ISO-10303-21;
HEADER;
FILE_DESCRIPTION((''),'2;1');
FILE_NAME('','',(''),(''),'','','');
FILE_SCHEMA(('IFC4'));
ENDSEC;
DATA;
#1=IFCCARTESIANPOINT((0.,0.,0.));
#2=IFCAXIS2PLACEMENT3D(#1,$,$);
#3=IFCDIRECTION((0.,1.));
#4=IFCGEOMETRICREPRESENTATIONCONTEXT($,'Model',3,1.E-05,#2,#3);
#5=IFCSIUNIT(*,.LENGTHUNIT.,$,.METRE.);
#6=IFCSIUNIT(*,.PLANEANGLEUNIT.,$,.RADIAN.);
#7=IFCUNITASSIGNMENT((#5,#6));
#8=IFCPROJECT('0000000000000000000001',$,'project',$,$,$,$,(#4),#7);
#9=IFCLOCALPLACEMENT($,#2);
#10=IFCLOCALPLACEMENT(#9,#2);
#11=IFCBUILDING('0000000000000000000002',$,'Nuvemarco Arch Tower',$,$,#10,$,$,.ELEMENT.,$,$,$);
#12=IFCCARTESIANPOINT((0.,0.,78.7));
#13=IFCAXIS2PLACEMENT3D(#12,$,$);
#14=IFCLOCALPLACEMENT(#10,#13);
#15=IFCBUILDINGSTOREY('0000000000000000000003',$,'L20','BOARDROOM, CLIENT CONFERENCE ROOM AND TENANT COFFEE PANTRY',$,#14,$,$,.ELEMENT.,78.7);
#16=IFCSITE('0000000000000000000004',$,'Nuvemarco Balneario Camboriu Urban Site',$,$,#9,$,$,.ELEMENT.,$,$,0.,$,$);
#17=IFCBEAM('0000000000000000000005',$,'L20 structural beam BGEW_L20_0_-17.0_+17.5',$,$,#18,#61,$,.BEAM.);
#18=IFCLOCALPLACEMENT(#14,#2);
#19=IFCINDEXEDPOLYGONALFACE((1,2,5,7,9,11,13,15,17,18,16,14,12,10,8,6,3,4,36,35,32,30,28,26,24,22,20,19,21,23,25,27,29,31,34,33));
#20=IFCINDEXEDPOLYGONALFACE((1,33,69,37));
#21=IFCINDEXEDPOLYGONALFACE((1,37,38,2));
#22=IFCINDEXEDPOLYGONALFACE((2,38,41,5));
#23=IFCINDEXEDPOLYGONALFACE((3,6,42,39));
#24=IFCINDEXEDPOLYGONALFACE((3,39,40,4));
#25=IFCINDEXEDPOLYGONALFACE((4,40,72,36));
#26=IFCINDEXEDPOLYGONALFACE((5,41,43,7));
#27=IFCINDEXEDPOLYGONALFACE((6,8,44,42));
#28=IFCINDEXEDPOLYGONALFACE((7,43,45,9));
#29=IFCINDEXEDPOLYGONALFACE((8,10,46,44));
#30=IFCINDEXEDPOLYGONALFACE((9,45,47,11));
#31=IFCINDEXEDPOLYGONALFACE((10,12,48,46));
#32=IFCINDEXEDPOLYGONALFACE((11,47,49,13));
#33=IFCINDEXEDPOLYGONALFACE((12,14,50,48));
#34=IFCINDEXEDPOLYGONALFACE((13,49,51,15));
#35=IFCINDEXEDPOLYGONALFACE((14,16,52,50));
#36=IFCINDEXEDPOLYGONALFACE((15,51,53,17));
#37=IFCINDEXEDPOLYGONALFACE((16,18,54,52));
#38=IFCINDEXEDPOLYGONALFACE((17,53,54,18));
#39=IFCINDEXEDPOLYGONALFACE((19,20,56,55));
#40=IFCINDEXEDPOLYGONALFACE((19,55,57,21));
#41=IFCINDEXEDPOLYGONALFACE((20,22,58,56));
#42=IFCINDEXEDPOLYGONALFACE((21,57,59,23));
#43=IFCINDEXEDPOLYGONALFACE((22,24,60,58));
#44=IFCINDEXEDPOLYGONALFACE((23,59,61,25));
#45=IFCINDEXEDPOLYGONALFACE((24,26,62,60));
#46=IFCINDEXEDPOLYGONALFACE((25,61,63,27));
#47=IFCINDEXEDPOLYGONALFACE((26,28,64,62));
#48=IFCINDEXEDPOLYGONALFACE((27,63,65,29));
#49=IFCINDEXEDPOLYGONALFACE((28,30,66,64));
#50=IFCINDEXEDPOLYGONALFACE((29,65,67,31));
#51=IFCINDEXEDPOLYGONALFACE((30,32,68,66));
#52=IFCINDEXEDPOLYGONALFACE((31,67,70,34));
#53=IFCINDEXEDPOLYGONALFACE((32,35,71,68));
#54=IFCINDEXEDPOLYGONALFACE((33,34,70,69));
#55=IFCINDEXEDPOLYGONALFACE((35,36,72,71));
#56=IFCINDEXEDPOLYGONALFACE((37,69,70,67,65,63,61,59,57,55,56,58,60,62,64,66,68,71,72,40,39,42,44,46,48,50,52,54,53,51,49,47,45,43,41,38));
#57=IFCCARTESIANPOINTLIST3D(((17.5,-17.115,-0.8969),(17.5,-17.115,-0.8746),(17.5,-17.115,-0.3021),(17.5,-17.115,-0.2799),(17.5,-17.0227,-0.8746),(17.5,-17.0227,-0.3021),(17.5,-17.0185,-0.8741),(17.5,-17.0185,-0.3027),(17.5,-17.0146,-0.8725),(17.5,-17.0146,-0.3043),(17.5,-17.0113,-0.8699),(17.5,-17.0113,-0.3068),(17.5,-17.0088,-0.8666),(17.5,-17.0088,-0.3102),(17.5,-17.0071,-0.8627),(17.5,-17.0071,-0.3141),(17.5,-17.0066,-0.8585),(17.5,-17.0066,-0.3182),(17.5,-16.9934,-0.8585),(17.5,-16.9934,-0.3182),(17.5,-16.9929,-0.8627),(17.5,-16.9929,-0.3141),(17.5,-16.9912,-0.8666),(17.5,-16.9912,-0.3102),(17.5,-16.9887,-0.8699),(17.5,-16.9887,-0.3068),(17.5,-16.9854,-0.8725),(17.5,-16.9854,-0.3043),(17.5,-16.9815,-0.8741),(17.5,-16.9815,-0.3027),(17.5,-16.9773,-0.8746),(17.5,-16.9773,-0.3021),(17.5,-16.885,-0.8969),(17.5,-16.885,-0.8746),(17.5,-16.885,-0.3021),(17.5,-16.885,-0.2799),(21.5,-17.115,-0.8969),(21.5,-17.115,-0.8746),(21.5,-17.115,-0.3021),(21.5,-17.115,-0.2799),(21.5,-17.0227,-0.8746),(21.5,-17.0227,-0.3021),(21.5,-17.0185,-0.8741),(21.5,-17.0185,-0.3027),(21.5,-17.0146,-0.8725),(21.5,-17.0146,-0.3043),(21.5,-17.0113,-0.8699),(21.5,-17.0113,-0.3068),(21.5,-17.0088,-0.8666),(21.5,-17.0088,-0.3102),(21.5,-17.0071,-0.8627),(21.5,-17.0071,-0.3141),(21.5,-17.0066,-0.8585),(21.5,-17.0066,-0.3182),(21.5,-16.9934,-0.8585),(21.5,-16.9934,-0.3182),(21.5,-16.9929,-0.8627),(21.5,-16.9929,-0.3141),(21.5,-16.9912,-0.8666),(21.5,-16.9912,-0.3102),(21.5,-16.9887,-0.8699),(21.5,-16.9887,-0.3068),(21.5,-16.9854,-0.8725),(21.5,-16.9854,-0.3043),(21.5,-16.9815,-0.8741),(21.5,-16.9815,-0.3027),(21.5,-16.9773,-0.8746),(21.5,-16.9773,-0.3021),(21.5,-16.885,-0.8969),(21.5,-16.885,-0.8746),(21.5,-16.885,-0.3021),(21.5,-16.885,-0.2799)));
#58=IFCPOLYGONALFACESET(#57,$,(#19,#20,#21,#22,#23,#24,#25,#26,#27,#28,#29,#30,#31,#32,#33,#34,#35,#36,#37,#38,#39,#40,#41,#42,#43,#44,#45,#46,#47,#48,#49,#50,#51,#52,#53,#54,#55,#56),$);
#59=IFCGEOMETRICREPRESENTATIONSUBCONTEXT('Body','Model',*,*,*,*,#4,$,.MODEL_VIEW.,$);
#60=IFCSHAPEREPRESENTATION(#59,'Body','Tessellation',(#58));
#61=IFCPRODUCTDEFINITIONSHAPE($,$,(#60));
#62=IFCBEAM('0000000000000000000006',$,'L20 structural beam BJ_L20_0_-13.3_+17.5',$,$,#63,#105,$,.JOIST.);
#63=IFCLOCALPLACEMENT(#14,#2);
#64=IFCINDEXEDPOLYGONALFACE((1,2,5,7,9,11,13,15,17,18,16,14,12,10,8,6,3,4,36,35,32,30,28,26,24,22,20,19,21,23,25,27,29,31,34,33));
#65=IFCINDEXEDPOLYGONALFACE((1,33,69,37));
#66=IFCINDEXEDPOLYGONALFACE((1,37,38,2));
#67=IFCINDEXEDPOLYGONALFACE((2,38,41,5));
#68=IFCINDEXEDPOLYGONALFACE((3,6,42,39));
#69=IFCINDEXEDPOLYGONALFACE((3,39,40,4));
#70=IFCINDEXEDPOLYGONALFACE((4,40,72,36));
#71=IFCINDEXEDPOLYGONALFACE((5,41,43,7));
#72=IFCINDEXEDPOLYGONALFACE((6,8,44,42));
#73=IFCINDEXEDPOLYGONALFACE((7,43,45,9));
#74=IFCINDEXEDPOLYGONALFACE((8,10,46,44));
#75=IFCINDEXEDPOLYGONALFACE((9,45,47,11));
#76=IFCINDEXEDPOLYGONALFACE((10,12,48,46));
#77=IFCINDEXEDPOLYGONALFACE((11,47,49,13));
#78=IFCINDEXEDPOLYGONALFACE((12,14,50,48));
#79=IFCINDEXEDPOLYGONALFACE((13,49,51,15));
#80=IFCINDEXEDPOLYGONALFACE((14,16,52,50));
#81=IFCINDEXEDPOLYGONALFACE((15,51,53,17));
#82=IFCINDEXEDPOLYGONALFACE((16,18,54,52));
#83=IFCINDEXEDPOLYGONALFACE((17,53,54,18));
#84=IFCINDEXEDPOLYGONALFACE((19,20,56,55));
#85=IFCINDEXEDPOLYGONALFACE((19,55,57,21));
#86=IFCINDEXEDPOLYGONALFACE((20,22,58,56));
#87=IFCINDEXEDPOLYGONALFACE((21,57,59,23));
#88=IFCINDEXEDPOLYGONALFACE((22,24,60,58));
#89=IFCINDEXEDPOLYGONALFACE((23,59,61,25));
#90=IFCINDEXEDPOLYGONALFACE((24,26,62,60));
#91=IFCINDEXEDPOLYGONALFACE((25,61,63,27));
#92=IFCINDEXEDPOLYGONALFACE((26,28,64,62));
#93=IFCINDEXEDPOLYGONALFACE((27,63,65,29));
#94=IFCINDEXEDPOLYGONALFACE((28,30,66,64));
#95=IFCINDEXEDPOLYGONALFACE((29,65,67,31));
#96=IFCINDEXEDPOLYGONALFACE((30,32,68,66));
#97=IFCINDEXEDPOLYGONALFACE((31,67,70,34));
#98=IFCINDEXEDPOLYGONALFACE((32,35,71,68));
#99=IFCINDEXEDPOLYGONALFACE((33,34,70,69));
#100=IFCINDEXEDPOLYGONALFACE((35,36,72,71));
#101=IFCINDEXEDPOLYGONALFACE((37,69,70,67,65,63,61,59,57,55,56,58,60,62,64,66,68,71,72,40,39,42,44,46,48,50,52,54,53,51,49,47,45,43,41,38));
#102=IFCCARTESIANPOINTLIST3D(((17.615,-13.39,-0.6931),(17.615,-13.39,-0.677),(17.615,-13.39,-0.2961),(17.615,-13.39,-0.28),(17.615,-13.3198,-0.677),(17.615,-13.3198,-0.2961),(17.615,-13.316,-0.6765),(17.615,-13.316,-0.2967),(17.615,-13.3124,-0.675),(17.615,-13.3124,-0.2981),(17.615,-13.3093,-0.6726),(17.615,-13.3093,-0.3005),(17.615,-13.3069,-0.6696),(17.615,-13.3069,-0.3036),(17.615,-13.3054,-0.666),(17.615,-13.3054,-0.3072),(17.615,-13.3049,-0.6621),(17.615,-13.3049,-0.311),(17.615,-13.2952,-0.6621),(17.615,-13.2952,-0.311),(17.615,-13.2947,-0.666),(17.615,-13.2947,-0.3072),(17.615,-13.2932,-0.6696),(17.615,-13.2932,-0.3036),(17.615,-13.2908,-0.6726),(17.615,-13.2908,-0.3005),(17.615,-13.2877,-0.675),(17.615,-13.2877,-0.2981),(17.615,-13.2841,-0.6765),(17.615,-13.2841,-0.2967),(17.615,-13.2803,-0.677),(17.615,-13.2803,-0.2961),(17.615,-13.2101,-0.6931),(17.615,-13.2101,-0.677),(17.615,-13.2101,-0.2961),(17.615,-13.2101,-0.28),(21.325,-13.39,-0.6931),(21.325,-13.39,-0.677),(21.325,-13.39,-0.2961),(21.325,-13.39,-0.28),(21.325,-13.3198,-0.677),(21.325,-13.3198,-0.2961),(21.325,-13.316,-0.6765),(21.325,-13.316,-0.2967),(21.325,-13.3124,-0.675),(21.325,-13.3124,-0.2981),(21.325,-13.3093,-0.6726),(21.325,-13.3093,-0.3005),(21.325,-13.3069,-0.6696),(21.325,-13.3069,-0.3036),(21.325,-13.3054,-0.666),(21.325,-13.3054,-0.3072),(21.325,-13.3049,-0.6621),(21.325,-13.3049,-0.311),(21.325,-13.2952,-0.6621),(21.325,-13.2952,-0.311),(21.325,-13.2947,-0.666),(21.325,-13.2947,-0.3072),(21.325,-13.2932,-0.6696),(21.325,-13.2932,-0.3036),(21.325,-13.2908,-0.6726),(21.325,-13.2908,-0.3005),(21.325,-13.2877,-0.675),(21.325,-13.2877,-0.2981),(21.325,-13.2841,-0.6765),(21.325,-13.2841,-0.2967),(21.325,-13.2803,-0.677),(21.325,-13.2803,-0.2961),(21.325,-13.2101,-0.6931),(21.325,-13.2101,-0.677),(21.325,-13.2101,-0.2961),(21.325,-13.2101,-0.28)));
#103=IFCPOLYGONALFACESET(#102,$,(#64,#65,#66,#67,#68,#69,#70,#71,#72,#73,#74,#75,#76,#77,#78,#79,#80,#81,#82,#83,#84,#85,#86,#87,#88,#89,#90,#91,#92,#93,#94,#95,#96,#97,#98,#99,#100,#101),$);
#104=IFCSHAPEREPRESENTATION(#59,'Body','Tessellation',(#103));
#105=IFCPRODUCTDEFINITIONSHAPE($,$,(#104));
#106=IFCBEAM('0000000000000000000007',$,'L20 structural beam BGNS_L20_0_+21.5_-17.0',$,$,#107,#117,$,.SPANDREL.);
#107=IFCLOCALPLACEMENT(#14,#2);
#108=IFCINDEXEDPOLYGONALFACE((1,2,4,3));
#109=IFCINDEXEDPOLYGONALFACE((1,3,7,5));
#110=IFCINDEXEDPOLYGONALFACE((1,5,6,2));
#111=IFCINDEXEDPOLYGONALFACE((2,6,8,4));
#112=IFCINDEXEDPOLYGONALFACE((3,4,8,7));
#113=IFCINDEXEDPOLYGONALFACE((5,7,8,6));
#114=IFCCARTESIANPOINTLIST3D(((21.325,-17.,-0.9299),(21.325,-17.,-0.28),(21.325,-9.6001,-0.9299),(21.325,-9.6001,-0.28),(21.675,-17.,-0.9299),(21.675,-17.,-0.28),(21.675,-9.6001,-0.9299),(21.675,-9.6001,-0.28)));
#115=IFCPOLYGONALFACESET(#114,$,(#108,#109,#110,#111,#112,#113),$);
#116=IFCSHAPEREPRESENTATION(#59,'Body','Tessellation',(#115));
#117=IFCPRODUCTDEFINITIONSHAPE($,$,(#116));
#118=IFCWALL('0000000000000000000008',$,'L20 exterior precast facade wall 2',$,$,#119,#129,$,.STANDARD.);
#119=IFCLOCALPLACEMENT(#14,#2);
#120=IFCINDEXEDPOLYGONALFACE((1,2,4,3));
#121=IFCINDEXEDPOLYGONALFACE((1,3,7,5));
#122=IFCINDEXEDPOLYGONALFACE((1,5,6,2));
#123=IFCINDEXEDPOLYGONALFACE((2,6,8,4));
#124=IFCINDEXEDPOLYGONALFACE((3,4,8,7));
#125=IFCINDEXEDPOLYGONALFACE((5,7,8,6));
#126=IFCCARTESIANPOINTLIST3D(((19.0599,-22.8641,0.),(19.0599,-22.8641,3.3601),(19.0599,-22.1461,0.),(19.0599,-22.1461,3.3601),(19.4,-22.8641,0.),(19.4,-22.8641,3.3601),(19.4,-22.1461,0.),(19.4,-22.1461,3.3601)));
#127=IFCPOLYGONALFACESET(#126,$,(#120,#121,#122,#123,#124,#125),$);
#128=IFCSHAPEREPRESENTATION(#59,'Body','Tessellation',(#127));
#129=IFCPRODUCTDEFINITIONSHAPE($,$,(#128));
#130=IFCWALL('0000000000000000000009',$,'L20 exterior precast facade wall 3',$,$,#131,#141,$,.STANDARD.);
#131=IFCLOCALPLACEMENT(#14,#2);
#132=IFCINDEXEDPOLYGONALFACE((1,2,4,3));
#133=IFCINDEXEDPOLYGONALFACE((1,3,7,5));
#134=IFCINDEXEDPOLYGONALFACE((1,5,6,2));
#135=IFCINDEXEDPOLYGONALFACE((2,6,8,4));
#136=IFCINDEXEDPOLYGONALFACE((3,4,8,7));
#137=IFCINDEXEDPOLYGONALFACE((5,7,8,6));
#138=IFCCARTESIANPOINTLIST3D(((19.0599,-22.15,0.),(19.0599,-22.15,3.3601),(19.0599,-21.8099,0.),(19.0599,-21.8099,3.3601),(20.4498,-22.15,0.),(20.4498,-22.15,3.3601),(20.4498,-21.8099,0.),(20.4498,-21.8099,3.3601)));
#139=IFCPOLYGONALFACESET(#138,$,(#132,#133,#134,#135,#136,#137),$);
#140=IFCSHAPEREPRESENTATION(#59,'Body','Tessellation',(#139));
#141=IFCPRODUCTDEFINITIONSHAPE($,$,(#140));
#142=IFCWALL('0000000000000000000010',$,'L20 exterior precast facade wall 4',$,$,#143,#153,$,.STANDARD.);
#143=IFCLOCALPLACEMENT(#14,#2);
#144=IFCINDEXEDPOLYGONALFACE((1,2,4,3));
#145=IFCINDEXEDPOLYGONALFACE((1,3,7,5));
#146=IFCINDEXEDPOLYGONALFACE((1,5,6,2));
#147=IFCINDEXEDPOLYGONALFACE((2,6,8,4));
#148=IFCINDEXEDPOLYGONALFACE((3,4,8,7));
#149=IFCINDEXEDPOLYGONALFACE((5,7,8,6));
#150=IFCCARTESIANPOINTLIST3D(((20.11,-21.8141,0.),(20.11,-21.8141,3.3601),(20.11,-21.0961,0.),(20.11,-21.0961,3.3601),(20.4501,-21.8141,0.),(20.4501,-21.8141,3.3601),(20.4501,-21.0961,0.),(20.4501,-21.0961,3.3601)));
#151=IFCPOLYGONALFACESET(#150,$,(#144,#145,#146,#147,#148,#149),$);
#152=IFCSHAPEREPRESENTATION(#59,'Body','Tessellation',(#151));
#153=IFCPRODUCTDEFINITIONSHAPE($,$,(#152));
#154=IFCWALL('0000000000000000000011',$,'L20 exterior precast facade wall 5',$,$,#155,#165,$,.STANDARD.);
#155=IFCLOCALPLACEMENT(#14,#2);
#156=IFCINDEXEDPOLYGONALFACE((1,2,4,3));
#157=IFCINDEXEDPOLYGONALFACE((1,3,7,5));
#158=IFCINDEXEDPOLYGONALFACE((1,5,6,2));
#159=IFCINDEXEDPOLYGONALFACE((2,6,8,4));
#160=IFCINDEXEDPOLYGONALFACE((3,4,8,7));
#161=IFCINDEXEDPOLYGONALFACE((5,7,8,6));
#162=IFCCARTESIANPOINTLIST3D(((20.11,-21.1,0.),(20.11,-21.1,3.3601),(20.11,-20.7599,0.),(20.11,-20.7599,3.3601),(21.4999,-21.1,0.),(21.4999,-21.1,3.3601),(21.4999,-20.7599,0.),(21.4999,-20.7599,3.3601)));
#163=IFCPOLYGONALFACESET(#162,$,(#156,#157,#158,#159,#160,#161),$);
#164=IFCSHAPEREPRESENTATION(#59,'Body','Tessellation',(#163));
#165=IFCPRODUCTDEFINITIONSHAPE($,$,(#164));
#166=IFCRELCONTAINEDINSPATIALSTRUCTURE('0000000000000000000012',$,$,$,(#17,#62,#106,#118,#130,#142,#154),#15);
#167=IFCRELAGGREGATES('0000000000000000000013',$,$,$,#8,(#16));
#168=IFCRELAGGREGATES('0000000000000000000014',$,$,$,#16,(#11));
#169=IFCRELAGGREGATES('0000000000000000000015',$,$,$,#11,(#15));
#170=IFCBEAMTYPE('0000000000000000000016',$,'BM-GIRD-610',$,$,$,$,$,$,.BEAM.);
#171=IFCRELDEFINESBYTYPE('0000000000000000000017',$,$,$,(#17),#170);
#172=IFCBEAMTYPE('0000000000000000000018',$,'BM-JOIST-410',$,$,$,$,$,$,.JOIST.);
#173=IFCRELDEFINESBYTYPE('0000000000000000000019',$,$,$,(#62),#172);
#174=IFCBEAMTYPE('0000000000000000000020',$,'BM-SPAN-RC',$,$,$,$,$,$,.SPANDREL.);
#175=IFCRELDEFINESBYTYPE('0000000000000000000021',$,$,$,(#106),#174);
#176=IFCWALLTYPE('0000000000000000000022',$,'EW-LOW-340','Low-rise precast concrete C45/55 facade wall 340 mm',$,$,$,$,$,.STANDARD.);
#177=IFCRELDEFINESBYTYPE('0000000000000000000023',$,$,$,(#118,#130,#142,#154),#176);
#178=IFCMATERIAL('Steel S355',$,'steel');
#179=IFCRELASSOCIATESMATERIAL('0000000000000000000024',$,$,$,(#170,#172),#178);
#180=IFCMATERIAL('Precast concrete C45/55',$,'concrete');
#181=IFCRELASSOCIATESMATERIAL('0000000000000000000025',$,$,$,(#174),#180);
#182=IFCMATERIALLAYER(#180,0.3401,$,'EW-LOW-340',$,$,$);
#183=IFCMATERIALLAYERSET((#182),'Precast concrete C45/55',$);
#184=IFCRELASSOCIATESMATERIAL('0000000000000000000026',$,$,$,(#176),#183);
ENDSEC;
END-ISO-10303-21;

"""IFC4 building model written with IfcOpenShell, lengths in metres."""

from ifc_helpers import new_model, si_unit, direction, frame, frame_2d, origin, origin_2d, place, context, subcontext, project, spatial, rectangle, i_section, extrude, material, layer, layer_set, material_profile, profile_set, type_object, element, save


model = new_model("IFC4")

# Units and contexts
model_context = context("Model", 3, precision=1e-05, world=origin(), true_north=direction((0.0, 1.0)))
body_context = subcontext(model_context, "Body", "Model", "MODEL_VIEW")
ifc_project = project(units=[si_unit("LENGTHUNIT", "METRE"), si_unit("PLANEANGLEUNIT", "RADIAN")], contexts=[model_context])

# Site, building, storey
site_placement = place(None, origin())
site = spatial("IfcSite", under=ifc_project, at=site_placement, Name="Nuvemarco Balneario Camboriu Urban Site", CompositionType="ELEMENT", RefElevation=0.0)
building_placement = place(site_placement, origin())
building = spatial("IfcBuilding", under=site, at=building_placement, Name="Nuvemarco Arch Tower", CompositionType="ELEMENT")
storey_placement = place(building_placement, frame((0.0, 0.0, 78.7)))
storey = spatial("IfcBuildingStorey", under=building, at=storey_placement, Name="L20", Description="BOARDROOM, CLIENT CONFERENCE ROOM AND TENANT COFFEE PANTRY", CompositionType="ELEMENT", Elevation=78.7)

# Shared definitions
ifc_material_1 = material(Name="Steel S355", Category="steel")

# Beams
ifc_material_profile_1 = material_profile(ifc_material_1, i_section(OverallWidth=0.23, OverallDepth=0.6169, WebThickness=0.0132, FlangeThickness=0.0222, FilletRadius=0.0161, at=origin_2d()), Name="W610x140")
ifc_profile_set_1 = profile_set([ifc_material_profile_1], Name="Steel S355")
beam_type_1 = type_object("IfcBeamType", Name="BM-GIRD-610", PredefinedType="BEAM", material=ifc_profile_set_1)
beam_1_placement = place(storey_placement, frame((17.5, -17.0, -0.5884), z_axis=(1.0, 0.0, 0.0), x_axis=(0.0, 1.0, 0.0)))
element("IfcBeam", 1, at=beam_1_placement, inside=storey, type_object=beam_type_1, Name="L20 structural beam BGEW_L20_0_-17.0_+17.5", PredefinedType="BEAM", context=body_context, shape_type="SweptSolid", body=[
    extrude(i_section(OverallWidth=0.23, OverallDepth=0.6169, WebThickness=0.0132, FlangeThickness=0.0222, FilletRadius=0.0161, at=origin_2d()), origin(), (0.0, 0.0, 1.0), 4.0),
])
ifc_material_profile_2 = material_profile(ifc_material_1, i_section(OverallWidth=0.1799, OverallDepth=0.4131, WebThickness=0.0098, FlangeThickness=0.0161, FilletRadius=0.0149, at=origin_2d()), Name="W410x75")
ifc_profile_set_2 = profile_set([ifc_material_profile_2], Name="Steel S355")
beam_type_2 = type_object("IfcBeamType", Name="BM-JOIST-410", PredefinedType="JOIST", material=ifc_profile_set_2)
beam_2_placement = place(storey_placement, frame((17.615, -13.3, -0.4866), z_axis=(1.0, 0.0, 0.0), x_axis=(0.0, 1.0, 0.0)))
element("IfcBeam", 2, at=beam_2_placement, inside=storey, type_object=beam_type_2, Name="L20 structural beam BJ_L20_0_-13.3_+17.5", PredefinedType="JOIST", context=body_context, shape_type="SweptSolid", body=[
    extrude(i_section(OverallWidth=0.1799, OverallDepth=0.4131, WebThickness=0.0098, FlangeThickness=0.0161, FilletRadius=0.0149, at=origin_2d()), origin(), (0.0, 0.0, 1.0), 3.71),
])
ifc_material_2 = material(Name="Precast concrete C45/55", Category="concrete")
ifc_material_profile_3 = material_profile(ifc_material_2, rectangle(XDim=0.3501, YDim=0.6499, at=origin_2d()), Name="PC-SP-350x650")
ifc_profile_set_3 = profile_set([ifc_material_profile_3], Name="Precast concrete C45/55")
beam_type_3 = type_object("IfcBeamType", Name="BM-SPAN-RC", PredefinedType="SPANDREL", material=ifc_profile_set_3)
beam_3_placement = place(storey_placement, frame((21.5, -17.0, -0.605), z_axis=(0.0, 1.0, 0.0), x_axis=(-1.0, 0.0, 0.0)))
element("IfcBeam", 3, at=beam_3_placement, inside=storey, type_object=beam_type_3, Name="L20 structural beam BGNS_L20_0_+21.5_-17.0", PredefinedType="SPANDREL", context=body_context, shape_type="SweptSolid", body=[
    extrude(rectangle(XDim=0.3501, YDim=0.6499, at=origin_2d()), origin(), (0.0, 0.0, 1.0), 7.3999),
])

# Walls
ifc_layer_1 = layer(ifc_material_2, 0.3401, Name="EW-LOW-340")
ifc_layer_set_1 = layer_set([ifc_layer_1], Name="Precast concrete C45/55")
wall_type_1 = type_object("IfcWallType", Name="EW-LOW-340", Description="Low-rise precast concrete C45/55 facade wall 340 mm", PredefinedType="STANDARD", material=ifc_layer_set_1)
wall_1_placement = place(storey_placement, frame((19.23, -22.864, 0.0), z_axis=(0.0, 0.0, 1.0), x_axis=(0.0, 1.0, 0.0)))
element("IfcWall", 4, at=wall_1_placement, inside=storey, type_object=wall_type_1, Name="L20 exterior precast facade wall 2", PredefinedType="STANDARD", context=body_context, shape_type="SweptSolid", body=[
    extrude(rectangle(XDim=0.718, YDim=0.3401, at=frame_2d((0.3589, 0.0))), origin(), (0.0, 0.0, 1.0), 3.3601),
])
wall_2_placement = place(storey_placement, frame((19.0601, -21.98, 0.0), z_axis=(0.0, 0.0, 1.0), x_axis=(1.0, 0.0, 0.0)))
element("IfcWall", 5, at=wall_2_placement, inside=storey, type_object=wall_type_1, Name="L20 exterior precast facade wall 3", PredefinedType="STANDARD", context=body_context, shape_type="SweptSolid", body=[
    extrude(rectangle(XDim=1.3899, YDim=0.3401, at=frame_2d((0.6948, 0.0))), origin(), (0.0, 0.0, 1.0), 3.3601),
])
wall_3_placement = place(storey_placement, frame((20.28, -21.814, 0.0), z_axis=(0.0, 0.0, 1.0), x_axis=(0.0, 1.0, 0.0)))
element("IfcWall", 6, at=wall_3_placement, inside=storey, type_object=wall_type_1, Name="L20 exterior precast facade wall 4", PredefinedType="STANDARD", context=body_context, shape_type="SweptSolid", body=[
    extrude(rectangle(XDim=0.718, YDim=0.3401, at=frame_2d((0.3589, 0.0))), origin(), (0.0, 0.0, 1.0), 3.3601),
])
wall_4_placement = place(storey_placement, frame((20.1101, -20.9299, 0.0), z_axis=(0.0, 0.0, 1.0), x_axis=(1.0, 0.0, 0.0)))
element("IfcWall", 7, at=wall_4_placement, inside=storey, type_object=wall_type_1, Name="L20 exterior precast facade wall 5", PredefinedType="STANDARD", context=body_context, shape_type="SweptSolid", body=[
    extrude(rectangle(XDim=1.3899, YDim=0.3401, at=frame_2d((0.6948, 0.0))), origin(), (0.0, 0.0, 1.0), 3.3601),
])

save(model, "model.ifc")
